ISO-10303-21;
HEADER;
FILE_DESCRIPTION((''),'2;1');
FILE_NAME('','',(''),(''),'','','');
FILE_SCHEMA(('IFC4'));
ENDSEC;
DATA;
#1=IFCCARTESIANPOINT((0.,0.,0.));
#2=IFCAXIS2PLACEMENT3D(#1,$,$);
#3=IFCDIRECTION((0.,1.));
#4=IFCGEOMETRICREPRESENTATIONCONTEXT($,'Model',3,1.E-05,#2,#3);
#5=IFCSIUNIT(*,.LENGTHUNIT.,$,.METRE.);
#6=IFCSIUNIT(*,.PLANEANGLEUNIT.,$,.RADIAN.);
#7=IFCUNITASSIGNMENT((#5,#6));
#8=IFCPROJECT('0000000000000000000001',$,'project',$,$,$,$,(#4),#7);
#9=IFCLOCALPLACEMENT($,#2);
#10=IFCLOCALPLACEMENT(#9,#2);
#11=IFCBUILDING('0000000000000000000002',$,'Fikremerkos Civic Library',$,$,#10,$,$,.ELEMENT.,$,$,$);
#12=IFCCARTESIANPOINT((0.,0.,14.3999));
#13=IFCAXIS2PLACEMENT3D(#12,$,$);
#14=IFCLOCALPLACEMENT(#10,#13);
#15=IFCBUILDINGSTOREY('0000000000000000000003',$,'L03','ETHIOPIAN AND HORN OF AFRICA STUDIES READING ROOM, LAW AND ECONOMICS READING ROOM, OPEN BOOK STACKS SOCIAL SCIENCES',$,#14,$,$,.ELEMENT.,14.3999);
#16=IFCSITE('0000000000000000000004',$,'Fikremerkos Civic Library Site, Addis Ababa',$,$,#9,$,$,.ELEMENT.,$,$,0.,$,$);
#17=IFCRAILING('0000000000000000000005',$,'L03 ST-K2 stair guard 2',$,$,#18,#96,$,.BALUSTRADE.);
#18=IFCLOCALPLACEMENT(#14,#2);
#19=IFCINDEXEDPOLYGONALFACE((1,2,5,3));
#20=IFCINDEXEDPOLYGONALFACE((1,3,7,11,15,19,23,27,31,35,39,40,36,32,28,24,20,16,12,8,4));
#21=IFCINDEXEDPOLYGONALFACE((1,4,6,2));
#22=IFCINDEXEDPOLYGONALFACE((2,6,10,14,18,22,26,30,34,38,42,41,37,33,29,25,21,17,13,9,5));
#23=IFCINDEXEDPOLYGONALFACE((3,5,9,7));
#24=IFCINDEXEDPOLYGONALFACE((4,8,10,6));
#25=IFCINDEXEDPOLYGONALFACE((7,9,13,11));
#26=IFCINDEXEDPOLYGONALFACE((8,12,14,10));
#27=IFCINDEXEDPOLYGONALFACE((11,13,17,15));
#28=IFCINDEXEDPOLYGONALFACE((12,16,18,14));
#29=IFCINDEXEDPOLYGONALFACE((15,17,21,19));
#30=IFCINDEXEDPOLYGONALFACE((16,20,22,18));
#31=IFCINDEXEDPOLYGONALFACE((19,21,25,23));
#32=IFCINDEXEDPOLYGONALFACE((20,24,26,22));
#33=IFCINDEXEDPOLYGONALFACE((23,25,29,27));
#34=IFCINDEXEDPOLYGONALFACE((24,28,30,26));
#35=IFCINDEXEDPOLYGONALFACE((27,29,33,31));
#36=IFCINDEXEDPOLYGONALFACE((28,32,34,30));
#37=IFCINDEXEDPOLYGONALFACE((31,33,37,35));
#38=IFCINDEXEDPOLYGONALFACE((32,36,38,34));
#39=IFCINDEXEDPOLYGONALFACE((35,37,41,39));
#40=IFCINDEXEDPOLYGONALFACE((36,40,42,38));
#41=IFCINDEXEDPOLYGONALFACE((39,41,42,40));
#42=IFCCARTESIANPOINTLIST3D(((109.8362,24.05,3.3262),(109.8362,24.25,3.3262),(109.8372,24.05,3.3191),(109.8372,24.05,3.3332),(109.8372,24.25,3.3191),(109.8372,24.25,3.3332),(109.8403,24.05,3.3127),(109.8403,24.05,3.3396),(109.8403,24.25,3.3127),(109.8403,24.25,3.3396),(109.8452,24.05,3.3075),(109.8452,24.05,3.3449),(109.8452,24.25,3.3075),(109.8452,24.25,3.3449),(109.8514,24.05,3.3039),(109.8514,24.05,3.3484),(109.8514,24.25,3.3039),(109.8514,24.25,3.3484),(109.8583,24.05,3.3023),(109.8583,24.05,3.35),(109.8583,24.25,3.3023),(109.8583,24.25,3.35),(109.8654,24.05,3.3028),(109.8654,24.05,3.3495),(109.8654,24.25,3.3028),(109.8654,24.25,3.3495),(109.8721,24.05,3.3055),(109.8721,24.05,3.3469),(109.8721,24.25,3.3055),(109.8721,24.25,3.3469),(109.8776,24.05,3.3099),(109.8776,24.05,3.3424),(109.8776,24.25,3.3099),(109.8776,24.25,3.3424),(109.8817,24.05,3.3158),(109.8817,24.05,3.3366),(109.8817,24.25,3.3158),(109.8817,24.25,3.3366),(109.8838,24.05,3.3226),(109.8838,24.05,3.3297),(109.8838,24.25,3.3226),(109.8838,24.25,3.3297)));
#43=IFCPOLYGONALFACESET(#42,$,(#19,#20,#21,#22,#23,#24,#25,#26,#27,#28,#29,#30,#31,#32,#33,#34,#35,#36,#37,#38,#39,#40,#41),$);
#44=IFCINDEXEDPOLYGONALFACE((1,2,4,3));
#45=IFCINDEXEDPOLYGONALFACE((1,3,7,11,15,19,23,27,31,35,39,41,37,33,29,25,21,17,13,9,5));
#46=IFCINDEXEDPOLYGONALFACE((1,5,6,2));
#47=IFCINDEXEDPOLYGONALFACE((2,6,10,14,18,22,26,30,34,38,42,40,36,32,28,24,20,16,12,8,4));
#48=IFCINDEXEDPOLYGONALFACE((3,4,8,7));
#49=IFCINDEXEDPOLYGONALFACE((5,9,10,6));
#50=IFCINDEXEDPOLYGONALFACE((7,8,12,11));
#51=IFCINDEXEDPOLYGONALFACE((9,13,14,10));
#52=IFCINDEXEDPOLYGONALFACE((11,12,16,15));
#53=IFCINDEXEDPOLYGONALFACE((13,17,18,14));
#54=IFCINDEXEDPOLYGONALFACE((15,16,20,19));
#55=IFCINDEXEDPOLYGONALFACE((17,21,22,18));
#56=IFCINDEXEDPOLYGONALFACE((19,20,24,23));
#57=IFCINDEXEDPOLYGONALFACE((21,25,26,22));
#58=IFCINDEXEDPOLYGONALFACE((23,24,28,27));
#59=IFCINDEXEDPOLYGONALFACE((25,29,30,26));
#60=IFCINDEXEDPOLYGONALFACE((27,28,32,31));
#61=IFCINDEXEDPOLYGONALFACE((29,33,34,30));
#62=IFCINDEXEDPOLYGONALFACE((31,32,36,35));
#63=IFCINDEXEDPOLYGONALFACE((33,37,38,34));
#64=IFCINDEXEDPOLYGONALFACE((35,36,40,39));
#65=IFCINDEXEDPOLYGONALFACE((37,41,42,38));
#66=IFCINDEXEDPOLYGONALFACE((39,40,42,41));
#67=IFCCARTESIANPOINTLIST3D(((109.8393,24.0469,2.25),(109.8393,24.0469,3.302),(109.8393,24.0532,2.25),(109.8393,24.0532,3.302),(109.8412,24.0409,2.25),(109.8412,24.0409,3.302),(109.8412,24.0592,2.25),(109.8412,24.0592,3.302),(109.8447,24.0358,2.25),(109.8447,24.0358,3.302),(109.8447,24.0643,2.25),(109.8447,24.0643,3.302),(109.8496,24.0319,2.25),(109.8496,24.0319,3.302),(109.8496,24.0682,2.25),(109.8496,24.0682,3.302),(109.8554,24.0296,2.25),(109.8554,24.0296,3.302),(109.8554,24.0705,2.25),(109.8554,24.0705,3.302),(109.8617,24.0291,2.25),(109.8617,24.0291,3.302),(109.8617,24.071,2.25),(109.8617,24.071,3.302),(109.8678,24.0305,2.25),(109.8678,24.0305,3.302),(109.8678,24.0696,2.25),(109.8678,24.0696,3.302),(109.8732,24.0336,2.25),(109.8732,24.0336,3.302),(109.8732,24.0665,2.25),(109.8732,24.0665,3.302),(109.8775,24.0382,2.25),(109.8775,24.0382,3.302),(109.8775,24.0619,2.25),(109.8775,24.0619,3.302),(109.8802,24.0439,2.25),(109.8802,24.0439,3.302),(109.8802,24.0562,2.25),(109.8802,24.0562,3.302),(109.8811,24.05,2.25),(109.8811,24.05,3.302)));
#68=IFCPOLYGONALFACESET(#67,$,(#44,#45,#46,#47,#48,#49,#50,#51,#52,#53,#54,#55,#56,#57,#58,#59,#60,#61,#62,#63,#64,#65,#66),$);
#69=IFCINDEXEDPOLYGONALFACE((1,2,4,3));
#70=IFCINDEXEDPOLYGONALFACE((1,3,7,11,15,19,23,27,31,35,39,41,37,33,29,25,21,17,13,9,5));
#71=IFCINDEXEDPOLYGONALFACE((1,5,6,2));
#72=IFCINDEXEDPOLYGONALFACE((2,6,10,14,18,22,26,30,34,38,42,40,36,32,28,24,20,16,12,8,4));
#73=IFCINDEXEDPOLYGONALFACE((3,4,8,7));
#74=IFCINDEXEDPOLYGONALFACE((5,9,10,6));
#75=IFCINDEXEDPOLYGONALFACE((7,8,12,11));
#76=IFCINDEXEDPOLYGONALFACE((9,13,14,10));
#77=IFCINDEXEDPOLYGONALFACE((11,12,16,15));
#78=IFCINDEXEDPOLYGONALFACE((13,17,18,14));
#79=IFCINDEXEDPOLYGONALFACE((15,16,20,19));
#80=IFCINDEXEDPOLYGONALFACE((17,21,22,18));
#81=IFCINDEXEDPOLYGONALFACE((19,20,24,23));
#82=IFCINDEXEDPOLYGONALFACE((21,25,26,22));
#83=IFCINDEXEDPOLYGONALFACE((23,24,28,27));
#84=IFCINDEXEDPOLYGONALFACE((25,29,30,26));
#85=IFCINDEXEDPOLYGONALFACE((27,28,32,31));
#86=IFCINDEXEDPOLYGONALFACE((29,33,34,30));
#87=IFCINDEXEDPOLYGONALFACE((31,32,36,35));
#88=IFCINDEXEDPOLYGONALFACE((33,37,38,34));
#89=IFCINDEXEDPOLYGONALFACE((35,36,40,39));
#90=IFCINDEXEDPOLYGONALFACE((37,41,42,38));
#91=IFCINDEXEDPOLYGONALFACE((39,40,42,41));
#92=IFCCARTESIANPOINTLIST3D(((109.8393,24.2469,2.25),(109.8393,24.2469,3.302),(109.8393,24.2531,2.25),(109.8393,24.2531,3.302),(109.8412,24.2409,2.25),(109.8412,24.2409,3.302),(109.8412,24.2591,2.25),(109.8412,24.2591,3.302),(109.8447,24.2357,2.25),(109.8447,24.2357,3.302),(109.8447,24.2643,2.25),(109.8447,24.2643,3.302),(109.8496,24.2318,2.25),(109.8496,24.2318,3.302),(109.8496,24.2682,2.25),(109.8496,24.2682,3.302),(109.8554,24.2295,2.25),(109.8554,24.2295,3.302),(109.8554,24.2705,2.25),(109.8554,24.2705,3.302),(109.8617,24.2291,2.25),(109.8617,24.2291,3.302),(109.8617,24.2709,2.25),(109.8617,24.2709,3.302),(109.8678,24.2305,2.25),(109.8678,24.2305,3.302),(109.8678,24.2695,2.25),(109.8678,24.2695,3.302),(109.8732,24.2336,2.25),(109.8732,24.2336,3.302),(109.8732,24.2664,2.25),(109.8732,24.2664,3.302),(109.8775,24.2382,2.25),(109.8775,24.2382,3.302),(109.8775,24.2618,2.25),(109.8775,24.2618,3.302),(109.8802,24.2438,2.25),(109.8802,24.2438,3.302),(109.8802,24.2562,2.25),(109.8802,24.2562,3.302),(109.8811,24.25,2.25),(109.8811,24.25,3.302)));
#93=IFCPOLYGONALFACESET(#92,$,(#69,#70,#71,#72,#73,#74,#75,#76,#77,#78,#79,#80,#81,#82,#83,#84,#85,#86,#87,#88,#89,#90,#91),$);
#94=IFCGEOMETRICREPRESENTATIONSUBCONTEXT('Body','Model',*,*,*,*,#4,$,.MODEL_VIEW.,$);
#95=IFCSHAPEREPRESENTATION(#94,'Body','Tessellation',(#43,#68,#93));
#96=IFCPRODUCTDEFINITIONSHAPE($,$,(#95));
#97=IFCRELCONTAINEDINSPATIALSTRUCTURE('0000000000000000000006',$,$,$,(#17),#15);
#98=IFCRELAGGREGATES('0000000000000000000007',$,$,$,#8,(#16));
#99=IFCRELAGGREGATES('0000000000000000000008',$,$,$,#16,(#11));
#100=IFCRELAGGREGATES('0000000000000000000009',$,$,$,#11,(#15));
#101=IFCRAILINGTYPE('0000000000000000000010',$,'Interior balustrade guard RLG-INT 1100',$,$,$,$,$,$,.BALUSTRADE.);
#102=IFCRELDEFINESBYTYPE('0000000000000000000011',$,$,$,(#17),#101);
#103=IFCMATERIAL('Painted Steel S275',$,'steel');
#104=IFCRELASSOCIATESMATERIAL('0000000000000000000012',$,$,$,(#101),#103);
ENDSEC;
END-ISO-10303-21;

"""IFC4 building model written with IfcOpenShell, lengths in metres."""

from ifc_helpers import new_model, si_unit, direction, frame, origin, origin_2d, place, context, subcontext, project, spatial, circle, extrude, material, type_object, element, save


model = new_model("IFC4")

# Units and contexts
model_context = context("Model", 3, precision=1e-05, world=origin(), true_north=direction((0.0, 1.0)))
body_context = subcontext(model_context, "Body", "Model", "MODEL_VIEW")
ifc_project = project(units=[si_unit("LENGTHUNIT", "METRE"), si_unit("PLANEANGLEUNIT", "RADIAN")], contexts=[model_context])

# Site, building, storey
site_placement = place(None, origin())
site = spatial("IfcSite", under=ifc_project, at=site_placement, Name="Fikremerkos Civic Library Site, Addis Ababa", CompositionType="ELEMENT", RefElevation=0.0)
building_placement = place(site_placement, origin())
building = spatial("IfcBuilding", under=site, at=building_placement, Name="Fikremerkos Civic Library", CompositionType="ELEMENT")
storey_placement = place(building_placement, frame((0.0, 0.0, 14.3999)))
storey = spatial("IfcBuildingStorey", under=building, at=storey_placement, Name="L03", Description="ETHIOPIAN AND HORN OF AFRICA STUDIES READING ROOM, LAW AND ECONOMICS READING ROOM, OPEN BOOK STACKS SOCIAL SCIENCES", CompositionType="ELEMENT", Elevation=14.3999)

# Railing
ifc_material_1 = material(Name="Painted Steel S275", Category="steel")
railing_type_1 = type_object("IfcRailingType", Name="Interior balustrade guard RLG-INT 1100", PredefinedType="BALUSTRADE", material=ifc_material_1)
railing_1_placement = place(storey_placement, frame((109.8601, 24.05, 2.25)))
element("IfcRailing", 1, at=railing_1_placement, inside=storey, type_object=railing_type_1, Name="L03 ST-K2 stair guard 2", PredefinedType="BALUSTRADE", context=body_context, shape_type="SweptSolid", body=[
    extrude(circle(Radius=0.0239, at=origin_2d()), frame((0.0, 0.0, 1.0762), z_axis=(0.0, 1.0, 0.0), x_axis=(-1.0, 0.0, 0.0)), (0.0, 0.0, 1.0), 0.2),
    extrude(circle(Radius=0.021, at=origin_2d()), origin(), (0.0, 0.0, 1.0), 1.052),
    extrude(circle(Radius=0.021, at=origin_2d()), frame((0.0, 0.2, 0.0)), (0.0, 0.0, 1.0), 1.052),
])

save(model, "model.ifc")
